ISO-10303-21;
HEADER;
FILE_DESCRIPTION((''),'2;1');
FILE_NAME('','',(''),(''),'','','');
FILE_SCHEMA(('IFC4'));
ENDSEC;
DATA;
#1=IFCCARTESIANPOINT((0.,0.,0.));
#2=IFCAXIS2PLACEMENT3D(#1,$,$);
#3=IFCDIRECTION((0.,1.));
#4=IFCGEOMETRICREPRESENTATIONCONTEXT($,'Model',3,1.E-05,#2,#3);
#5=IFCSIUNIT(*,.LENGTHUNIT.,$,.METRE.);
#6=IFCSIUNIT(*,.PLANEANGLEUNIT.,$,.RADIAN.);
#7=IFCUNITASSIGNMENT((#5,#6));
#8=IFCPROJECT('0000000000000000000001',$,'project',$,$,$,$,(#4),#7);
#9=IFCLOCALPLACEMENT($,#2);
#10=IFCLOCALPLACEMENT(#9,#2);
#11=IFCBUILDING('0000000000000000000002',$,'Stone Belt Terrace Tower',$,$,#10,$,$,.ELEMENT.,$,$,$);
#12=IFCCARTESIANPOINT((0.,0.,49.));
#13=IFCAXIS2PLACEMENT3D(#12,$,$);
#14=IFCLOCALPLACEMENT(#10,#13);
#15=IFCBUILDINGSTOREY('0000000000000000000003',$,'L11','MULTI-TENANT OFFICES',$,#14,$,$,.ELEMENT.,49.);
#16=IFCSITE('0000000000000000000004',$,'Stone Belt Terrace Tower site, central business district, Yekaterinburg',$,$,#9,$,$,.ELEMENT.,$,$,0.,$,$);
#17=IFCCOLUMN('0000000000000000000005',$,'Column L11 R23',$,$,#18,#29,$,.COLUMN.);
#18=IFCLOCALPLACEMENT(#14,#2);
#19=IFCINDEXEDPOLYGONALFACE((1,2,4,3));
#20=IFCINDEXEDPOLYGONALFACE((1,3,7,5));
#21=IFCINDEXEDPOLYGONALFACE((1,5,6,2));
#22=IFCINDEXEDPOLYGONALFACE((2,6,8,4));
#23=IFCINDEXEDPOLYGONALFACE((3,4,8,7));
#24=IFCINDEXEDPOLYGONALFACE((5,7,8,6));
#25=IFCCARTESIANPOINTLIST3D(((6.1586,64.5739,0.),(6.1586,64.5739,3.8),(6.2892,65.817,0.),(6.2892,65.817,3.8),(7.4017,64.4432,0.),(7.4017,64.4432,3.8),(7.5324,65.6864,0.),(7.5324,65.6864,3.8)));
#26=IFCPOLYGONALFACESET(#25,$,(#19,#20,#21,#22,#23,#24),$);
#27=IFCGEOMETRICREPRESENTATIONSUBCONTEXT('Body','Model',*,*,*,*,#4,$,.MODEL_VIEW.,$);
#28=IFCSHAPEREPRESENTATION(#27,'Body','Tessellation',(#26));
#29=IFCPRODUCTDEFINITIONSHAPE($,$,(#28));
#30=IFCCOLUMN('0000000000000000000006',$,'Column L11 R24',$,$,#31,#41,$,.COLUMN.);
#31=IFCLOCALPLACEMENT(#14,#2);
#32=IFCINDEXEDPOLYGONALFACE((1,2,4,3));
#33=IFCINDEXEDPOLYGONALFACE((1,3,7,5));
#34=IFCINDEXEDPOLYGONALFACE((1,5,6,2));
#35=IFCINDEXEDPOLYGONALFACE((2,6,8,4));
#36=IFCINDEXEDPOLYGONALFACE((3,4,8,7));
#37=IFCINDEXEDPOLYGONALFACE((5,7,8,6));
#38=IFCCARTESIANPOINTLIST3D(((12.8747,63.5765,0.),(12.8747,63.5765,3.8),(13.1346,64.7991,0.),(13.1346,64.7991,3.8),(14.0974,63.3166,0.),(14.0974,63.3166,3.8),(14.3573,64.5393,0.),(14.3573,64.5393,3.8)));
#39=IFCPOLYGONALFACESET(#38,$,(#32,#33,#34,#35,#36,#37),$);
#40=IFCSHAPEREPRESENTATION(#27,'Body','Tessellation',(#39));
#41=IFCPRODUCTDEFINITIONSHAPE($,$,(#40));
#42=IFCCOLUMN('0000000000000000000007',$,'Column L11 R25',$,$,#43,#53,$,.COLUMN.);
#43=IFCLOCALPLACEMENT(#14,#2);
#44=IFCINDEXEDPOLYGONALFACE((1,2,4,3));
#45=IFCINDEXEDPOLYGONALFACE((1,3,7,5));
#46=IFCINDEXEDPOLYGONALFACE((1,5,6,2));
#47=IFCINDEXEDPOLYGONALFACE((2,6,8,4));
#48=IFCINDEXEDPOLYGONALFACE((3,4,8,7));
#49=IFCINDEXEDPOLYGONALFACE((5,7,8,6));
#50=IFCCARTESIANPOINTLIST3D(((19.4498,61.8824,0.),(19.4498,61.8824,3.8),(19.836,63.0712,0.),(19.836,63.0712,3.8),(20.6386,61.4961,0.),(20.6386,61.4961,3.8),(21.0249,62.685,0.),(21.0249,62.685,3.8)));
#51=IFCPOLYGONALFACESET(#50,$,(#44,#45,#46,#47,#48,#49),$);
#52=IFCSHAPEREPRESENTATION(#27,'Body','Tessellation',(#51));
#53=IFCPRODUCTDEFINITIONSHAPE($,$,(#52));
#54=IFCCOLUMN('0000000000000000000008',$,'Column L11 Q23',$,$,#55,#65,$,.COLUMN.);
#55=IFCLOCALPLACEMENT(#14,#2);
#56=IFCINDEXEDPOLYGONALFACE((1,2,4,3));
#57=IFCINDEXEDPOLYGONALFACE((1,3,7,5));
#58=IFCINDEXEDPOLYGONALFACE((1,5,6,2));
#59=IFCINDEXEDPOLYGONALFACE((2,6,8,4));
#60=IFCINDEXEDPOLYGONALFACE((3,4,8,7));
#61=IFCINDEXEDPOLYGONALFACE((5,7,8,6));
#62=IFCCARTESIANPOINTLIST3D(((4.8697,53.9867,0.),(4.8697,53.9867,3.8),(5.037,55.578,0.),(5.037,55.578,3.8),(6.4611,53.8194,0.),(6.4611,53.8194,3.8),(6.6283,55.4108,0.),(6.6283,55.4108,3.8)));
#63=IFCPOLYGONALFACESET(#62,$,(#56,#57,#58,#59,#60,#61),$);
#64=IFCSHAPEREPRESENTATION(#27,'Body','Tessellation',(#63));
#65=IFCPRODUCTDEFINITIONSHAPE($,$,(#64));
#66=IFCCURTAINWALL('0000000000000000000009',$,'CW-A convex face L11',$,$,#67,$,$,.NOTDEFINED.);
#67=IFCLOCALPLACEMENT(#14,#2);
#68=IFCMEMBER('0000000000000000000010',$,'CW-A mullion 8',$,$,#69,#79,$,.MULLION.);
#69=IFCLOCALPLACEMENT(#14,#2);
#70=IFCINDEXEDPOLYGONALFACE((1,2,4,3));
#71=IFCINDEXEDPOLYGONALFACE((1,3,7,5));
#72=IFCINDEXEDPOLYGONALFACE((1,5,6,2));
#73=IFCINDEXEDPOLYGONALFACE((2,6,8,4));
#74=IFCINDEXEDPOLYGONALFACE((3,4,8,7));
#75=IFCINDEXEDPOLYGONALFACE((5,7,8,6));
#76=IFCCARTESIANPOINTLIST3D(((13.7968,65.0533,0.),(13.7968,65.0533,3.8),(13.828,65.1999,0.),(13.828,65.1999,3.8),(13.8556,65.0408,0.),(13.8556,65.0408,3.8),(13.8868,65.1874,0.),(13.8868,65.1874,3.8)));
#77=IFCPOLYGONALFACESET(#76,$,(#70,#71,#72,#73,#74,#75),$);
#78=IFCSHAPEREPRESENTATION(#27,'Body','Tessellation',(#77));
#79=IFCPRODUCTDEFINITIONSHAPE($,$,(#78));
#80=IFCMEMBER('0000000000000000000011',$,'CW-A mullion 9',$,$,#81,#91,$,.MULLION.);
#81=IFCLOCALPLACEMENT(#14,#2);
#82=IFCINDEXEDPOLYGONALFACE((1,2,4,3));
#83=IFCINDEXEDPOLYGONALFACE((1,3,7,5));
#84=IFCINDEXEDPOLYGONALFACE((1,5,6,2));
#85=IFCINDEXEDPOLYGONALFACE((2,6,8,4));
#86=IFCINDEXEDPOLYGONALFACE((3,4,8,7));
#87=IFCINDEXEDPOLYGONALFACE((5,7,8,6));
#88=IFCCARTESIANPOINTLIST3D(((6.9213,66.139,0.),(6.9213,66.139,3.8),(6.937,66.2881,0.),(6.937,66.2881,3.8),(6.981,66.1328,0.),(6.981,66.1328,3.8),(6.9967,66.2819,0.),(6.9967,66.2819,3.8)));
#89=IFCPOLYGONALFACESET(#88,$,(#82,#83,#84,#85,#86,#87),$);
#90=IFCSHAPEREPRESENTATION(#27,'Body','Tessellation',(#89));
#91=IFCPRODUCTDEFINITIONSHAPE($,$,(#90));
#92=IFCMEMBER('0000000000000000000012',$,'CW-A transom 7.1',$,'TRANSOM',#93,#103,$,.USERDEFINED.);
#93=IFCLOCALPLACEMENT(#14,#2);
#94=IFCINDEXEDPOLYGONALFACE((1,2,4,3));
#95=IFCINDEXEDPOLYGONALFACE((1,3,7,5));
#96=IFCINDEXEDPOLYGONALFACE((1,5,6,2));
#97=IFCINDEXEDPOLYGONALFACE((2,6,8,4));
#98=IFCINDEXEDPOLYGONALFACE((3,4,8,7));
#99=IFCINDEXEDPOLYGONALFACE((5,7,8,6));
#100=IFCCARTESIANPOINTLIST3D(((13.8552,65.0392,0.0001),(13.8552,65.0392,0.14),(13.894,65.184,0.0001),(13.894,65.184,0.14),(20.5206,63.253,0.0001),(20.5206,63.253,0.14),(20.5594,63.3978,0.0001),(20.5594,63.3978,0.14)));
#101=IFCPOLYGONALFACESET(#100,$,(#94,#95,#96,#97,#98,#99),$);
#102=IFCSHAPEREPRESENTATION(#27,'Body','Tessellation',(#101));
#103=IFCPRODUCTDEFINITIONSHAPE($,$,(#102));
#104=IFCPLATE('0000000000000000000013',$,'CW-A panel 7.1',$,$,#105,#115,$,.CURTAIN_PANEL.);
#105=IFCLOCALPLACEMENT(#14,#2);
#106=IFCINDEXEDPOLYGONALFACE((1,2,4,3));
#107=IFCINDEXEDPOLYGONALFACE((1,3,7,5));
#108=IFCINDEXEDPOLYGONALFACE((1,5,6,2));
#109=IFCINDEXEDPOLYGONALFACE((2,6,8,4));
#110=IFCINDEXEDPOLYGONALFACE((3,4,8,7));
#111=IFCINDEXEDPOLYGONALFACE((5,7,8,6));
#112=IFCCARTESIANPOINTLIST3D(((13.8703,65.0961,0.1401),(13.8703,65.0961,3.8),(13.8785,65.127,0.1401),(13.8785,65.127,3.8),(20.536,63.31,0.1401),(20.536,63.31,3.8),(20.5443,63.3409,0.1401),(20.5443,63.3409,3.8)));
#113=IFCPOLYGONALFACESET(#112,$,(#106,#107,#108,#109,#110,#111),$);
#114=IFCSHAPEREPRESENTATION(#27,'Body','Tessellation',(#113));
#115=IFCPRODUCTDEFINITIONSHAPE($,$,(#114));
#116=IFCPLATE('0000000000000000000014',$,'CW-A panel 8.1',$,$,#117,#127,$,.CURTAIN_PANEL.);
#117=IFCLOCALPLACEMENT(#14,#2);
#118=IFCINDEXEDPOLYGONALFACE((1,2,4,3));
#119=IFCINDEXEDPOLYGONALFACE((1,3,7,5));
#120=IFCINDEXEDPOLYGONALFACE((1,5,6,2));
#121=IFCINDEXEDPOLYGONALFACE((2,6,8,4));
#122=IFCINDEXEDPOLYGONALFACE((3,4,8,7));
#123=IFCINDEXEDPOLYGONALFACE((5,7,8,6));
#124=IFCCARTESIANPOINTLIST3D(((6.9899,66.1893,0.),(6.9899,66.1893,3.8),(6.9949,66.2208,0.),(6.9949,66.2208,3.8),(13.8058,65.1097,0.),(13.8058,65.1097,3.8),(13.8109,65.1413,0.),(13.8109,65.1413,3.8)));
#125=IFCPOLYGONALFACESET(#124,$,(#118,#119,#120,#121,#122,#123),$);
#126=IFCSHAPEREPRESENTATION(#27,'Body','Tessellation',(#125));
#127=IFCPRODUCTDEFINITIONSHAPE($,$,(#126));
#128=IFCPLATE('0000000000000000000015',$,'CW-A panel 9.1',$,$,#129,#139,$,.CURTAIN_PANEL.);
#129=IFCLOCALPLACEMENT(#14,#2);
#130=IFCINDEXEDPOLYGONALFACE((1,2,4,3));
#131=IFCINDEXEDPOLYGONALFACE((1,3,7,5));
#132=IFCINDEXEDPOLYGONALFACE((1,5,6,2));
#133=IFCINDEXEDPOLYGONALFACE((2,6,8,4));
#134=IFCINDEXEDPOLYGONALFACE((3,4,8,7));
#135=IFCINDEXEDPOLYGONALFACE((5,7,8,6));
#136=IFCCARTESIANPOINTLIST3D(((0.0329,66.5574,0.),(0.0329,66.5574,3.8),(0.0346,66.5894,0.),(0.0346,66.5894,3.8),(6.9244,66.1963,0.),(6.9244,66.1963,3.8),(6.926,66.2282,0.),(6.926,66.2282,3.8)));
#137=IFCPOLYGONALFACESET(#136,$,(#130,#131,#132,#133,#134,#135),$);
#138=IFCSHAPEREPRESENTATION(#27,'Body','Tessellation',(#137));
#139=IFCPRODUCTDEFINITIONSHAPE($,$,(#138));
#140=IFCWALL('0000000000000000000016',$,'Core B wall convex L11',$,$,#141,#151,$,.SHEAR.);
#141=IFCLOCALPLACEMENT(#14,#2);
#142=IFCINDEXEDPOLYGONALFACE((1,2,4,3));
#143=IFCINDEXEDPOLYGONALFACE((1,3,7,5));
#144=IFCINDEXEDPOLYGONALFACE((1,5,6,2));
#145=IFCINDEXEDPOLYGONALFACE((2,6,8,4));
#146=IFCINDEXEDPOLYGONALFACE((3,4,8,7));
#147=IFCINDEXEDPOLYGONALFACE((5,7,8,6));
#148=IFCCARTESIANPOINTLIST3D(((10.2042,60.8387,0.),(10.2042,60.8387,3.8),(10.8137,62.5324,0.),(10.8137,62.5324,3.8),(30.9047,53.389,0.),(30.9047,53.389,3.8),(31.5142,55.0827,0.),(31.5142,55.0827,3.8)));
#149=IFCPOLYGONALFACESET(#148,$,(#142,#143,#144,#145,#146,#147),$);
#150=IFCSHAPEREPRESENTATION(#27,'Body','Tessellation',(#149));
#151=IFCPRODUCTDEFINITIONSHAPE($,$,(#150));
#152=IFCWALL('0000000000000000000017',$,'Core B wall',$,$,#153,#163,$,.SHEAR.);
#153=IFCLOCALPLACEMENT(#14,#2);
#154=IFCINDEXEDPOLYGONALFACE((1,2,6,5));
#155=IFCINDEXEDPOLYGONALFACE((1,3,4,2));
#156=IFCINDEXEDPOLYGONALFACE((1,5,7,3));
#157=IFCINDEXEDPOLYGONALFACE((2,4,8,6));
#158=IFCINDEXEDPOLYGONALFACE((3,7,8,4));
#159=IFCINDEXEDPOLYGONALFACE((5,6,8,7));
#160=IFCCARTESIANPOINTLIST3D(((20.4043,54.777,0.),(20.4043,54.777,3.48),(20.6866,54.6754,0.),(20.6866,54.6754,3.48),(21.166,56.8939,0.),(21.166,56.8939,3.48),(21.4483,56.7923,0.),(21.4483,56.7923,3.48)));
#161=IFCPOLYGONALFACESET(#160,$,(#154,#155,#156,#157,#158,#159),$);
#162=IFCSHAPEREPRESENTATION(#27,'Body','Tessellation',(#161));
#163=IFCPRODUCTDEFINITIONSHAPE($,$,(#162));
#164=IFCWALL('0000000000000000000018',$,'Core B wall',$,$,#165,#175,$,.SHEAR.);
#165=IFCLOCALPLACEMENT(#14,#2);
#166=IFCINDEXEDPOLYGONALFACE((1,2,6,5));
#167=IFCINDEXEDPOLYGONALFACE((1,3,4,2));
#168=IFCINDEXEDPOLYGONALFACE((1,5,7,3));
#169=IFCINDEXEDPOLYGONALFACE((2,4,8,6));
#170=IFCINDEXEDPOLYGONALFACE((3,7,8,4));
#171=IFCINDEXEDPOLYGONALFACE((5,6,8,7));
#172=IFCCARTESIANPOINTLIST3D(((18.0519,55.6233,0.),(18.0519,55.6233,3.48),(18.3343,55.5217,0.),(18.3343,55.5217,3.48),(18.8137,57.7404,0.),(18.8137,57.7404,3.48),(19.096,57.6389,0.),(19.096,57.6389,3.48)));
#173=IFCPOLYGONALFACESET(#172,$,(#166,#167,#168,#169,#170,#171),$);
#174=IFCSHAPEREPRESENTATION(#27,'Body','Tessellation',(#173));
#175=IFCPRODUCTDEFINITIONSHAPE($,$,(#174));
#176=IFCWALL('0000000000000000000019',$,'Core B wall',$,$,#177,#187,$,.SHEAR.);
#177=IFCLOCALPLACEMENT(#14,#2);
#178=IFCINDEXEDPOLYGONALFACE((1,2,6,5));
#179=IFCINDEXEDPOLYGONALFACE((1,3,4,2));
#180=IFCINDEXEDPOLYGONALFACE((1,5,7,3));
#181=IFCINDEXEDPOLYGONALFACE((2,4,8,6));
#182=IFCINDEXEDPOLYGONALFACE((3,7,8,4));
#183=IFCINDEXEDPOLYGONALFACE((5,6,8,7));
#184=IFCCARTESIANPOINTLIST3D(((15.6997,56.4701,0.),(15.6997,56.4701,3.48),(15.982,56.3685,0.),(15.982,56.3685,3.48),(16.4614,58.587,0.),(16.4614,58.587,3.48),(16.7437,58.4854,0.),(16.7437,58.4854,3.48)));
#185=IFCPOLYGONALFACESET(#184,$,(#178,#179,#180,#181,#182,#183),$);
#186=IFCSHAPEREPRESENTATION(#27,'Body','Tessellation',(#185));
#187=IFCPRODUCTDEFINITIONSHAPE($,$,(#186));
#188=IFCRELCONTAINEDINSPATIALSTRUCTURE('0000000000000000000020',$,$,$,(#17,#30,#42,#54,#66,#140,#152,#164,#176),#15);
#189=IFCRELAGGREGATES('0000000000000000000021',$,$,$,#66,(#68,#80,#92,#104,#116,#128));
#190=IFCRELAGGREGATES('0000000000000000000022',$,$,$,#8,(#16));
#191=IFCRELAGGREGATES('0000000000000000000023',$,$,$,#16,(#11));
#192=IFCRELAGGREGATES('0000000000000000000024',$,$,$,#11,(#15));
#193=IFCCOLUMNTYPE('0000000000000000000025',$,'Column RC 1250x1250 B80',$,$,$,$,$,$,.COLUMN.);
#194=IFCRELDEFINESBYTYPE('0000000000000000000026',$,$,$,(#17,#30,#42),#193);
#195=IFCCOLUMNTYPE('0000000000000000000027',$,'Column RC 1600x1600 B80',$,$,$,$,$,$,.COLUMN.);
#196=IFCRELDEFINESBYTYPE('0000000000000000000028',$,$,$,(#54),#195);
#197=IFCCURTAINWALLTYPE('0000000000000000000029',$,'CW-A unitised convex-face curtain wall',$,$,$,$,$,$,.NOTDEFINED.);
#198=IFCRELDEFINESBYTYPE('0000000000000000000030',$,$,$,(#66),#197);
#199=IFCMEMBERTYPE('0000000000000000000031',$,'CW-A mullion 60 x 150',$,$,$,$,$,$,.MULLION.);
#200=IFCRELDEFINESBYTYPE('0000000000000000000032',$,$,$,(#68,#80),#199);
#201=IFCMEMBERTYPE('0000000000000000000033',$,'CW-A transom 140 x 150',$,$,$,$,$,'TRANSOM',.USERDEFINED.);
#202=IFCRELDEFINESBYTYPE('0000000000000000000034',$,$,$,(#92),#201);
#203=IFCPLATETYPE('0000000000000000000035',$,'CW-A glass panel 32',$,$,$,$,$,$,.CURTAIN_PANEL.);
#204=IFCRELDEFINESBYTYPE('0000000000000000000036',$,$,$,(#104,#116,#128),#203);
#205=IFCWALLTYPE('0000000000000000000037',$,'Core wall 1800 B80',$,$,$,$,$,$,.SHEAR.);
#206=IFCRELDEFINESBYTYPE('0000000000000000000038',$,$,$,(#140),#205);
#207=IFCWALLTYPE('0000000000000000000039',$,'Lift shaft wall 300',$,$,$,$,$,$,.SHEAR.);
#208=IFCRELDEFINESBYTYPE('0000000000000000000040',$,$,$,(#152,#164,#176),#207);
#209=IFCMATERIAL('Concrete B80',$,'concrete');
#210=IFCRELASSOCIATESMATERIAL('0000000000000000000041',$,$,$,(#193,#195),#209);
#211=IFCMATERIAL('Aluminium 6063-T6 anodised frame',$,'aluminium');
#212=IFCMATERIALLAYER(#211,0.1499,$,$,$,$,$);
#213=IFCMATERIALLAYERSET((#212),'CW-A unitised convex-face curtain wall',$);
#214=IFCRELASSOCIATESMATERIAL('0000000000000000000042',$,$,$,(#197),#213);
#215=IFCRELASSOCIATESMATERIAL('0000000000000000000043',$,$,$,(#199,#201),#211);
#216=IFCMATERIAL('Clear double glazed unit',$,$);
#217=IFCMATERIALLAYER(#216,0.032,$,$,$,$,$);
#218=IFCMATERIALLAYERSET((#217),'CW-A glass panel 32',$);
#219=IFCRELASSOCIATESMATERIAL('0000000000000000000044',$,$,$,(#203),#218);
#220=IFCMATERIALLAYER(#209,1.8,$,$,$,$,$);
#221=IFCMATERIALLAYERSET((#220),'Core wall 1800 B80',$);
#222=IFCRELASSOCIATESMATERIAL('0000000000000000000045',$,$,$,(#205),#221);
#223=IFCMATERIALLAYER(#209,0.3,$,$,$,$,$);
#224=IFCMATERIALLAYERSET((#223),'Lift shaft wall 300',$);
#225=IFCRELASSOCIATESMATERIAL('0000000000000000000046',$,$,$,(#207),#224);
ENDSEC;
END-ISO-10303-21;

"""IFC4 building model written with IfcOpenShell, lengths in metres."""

from ifc_helpers import new_model, si_unit, direction, frame, frame_2d, origin, origin_2d, place, context, subcontext, project, spatial, rectangle, extrude, material, layer, layer_set, material_profile, profile_set, type_object, element, aggregate, save


model = new_model("IFC4")

# Units and contexts
model_context = context("Model", 3, precision=1e-05, world=origin(), true_north=direction((0.0, 1.0)))
body_context = subcontext(model_context, "Body", "Model", "MODEL_VIEW")
ifc_project = project(units=[si_unit("LENGTHUNIT", "METRE"), si_unit("PLANEANGLEUNIT", "RADIAN")], contexts=[model_context])

# Site, building, storey
site_placement = place(None, origin())
site = spatial("IfcSite", under=ifc_project, at=site_placement, Name="Stone Belt Terrace Tower site, central business district, Yekaterinburg", CompositionType="ELEMENT", RefElevation=0.0)
building_placement = place(site_placement, origin())
building = spatial("IfcBuilding", under=site, at=building_placement, Name="Stone Belt Terrace Tower", CompositionType="ELEMENT")
storey_placement = place(building_placement, frame((0.0, 0.0, 49.0)))
storey = spatial("IfcBuildingStorey", under=building, at=storey_placement, Name="L11", Description="MULTI-TENANT OFFICES", CompositionType="ELEMENT", Elevation=49.0)

# Columns
ifc_material_1 = material(Name="Concrete B80", Category="concrete")
ifc_material_profile_1 = material_profile(ifc_material_1, rectangle(XDim=1.25, YDim=1.25, at=origin_2d()), Name="RC 1250x1250")
ifc_profile_set_1 = profile_set([ifc_material_profile_1], Name="Concrete B80")
column_type_1 = type_object("IfcColumnType", Name="Column RC 1250x1250 B80", PredefinedType="COLUMN", material=ifc_profile_set_1)
for number, where, z_axis, x_axis, name in (
    (1, (6.8455, 65.1301, 0.0), (0.0, 0.0, 1.0), (0.994522, -0.104528, 0.0), "Column L11 R23"),
    (2, (13.616, 64.0579, 0.0), (0.0, 0.0, 1.0), (0.978148, -0.207912, 0.0), "Column L11 R24"),
    (3, (20.2373, 62.2837, 0.0), (0.0, 0.0, 1.0), (0.951057, -0.309017, 0.0), "Column L11 R25"),
):
    element("IfcColumn", number, at=place(storey_placement, frame(where, z_axis=z_axis, x_axis=x_axis)), inside=storey, type_object=column_type_1, Name=name, PredefinedType="COLUMN", context=body_context, shape_type="SweptSolid", body=[
        extrude(rectangle(XDim=1.25, YDim=1.25, at=origin_2d()), origin(), (0.0, 0.0, 1.0), 3.8),
    ])
ifc_material_profile_2 = material_profile(ifc_material_1, rectangle(XDim=1.6001, YDim=1.6001, at=origin_2d()), Name="RC 1600x1600")
ifc_profile_set_2 = profile_set([ifc_material_profile_2], Name="Concrete B80")
column_type_2 = type_object("IfcColumnType", Name="Column RC 1600x1600 B80", PredefinedType="COLUMN", material=ifc_profile_set_2)
column_placement = place(storey_placement, frame((5.749, 54.6987, 0.0), z_axis=(0.0, 0.0, 1.0), x_axis=(0.994522, -0.104528, 0.0)))
element("IfcColumn", 4, at=column_placement, inside=storey, type_object=column_type_2, Name="Column L11 Q23", PredefinedType="COLUMN", context=body_context, shape_type="SweptSolid", body=[
    extrude(rectangle(XDim=1.6001, YDim=1.6001, at=origin_2d()), origin(), (0.0, 0.0, 1.0), 3.8),
])

# Curtain wall, members, plates
ifc_material_2 = material(Name="Aluminium 6063-T6 anodised frame", Category="aluminium")
ifc_layer_1 = layer(ifc_material_2, 0.1499)
ifc_layer_set_1 = layer_set([ifc_layer_1], Name="CW-A unitised convex-face curtain wall")
curtain_wall_type = type_object("IfcCurtainWallType", Name="CW-A unitised convex-face curtain wall", PredefinedType="NOTDEFINED", material=ifc_layer_set_1)
curtain_wall_placement = place(storey_placement, origin())
curtain_wall = element("IfcCurtainWall", 5, at=curtain_wall_placement, inside=storey, type_object=curtain_wall_type, Name="CW-A convex face L11", PredefinedType="NOTDEFINED")
ifc_material_profile_3 = material_profile(ifc_material_2, rectangle(XDim=0.1499, YDim=0.0601, at=origin_2d()), Name="Aluminium 6063-T6 60x150")
ifc_profile_set_3 = profile_set([ifc_material_profile_3], Name="Aluminium 6063-T6 anodised frame")
member_type_1 = type_object("IfcMemberType", Name="CW-A mullion 60 x 150", PredefinedType="MULLION", material=ifc_profile_set_3)
member_1_placement = place(storey_placement, frame((13.8418, 65.1204, 0.0), z_axis=(0.0, 0.0, 1.0), x_axis=(-0.207912, -0.978148, 0.0)))
member_1 = element("IfcMember", 6, at=member_1_placement, type_object=member_type_1, Name="CW-A mullion 8", PredefinedType="MULLION", context=body_context, shape_type="SweptSolid", body=[
    extrude(rectangle(XDim=0.1499, YDim=0.0601, at=origin_2d()), origin(), (0.0, 0.0, 1.0), 3.8),
])
member_2_placement = place(storey_placement, frame((6.959, 66.2104, 0.0), z_axis=(0.0, 0.0, 1.0), x_axis=(-0.104528, -0.994522, 0.0)))
member_2 = element("IfcMember", 7, at=member_2_placement, type_object=member_type_1, Name="CW-A mullion 9", PredefinedType="MULLION", context=body_context, shape_type="SweptSolid", body=[
    extrude(rectangle(XDim=0.1499, YDim=0.0601, at=origin_2d()), origin(), (0.0, 0.0, 1.0), 3.8),
])
ifc_material_profile_4 = material_profile(ifc_material_2, rectangle(XDim=0.1499, YDim=0.1399, at=origin_2d()), Name="Aluminium 6063-T6 150x140")
ifc_profile_set_4 = profile_set([ifc_material_profile_4], Name="Aluminium 6063-T6 anodised frame")
member_type_2 = type_object("IfcMemberType", Name="CW-A transom 140 x 150", ElementType="TRANSOM", PredefinedType="USERDEFINED", material=ifc_profile_set_4)
member_3_placement = place(storey_placement, frame((20.54, 63.3254, 0.0701), z_axis=(-0.965922, 0.258834, 0.0), x_axis=(-0.258834, -0.965922, 0.0)))
member_3 = element("IfcMember", 8, at=member_3_placement, type_object=member_type_2, Name="CW-A transom 7.1", ObjectType="TRANSOM", PredefinedType="USERDEFINED", context=body_context, shape_type="SweptSolid", body=[
    extrude(rectangle(XDim=0.1499, YDim=0.1399, at=origin_2d()), origin(), (0.0, 0.0, 1.0), 6.9006),
])
ifc_material_3 = material(Name="Clear double glazed unit")
ifc_layer_2 = layer(ifc_material_3, 0.032)
ifc_layer_set_2 = layer_set([ifc_layer_2], Name="CW-A glass panel 32")
plate_type = type_object("IfcPlateType", Name="CW-A glass panel 32", PredefinedType="CURTAIN_PANEL", material=ifc_layer_set_2)
plate_1_placement = place(storey_placement, frame((17.2073, 64.2185, 0.1401), z_axis=(0.0, 0.0, 1.0), x_axis=(-0.965926, 0.258819, 0.0)))
plate_1 = element("IfcPlate", 9, at=plate_1_placement, type_object=plate_type, Name="CW-A panel 7.1", PredefinedType="CURTAIN_PANEL", context=body_context, shape_type="SweptSolid", body=[
    extrude(rectangle(XDim=6.9009, YDim=0.032, at=origin_2d()), origin(), (0.0, 0.0, 1.0), 3.6599),
])
plate_2_placement = place(storey_placement, frame((10.4004, 65.6653, 0.0), z_axis=(0.0, 0.0, 1.0), x_axis=(-0.987688, 0.156434, 0.0)))
plate_2 = element("IfcPlate", 10, at=plate_2_placement, type_object=plate_type, Name="CW-A panel 8.1", PredefinedType="CURTAIN_PANEL", context=body_context, shape_type="SweptSolid", body=[
    extrude(rectangle(XDim=6.9009, YDim=0.032, at=origin_2d()), origin(), (0.0, 0.0, 1.0), 3.8),
])
plate_3_placement = place(storey_placement, frame((3.4795, 66.3928, 0.0), z_axis=(0.0, 0.0, 1.0), x_axis=(-0.99863, 0.052336, 0.0)))
plate_3 = element("IfcPlate", 11, at=plate_3_placement, type_object=plate_type, Name="CW-A panel 9.1", PredefinedType="CURTAIN_PANEL", context=body_context, shape_type="SweptSolid", body=[
    extrude(rectangle(XDim=6.9009, YDim=0.032, at=origin_2d()), origin(), (0.0, 0.0, 1.0), 3.8),
])
aggregate(curtain_wall, [member_1, member_2, member_3, plate_1, plate_2, plate_3])

# Walls
ifc_layer_3 = layer(ifc_material_1, 1.8)
ifc_layer_set_3 = layer_set([ifc_layer_3], Name="Core wall 1800 B80")
wall_type_1 = type_object("IfcWallType", Name="Core wall 1800 B80", PredefinedType="SHEAR", material=ifc_layer_set_3)
wall_1_placement = place(storey_placement, frame((10.509, 61.6855, 0.0), z_axis=(0.0, 0.0, 1.0), x_axis=(0.940923, -0.338621, 0.0)))
element("IfcWall", 12, at=wall_1_placement, inside=storey, type_object=wall_type_1, Name="Core B wall convex L11", PredefinedType="SHEAR", context=body_context, shape_type="SweptSolid", body=[
    extrude(rectangle(XDim=22.0002, YDim=1.8, at=frame_2d((11.0, 0.0))), origin(), (0.0, 0.0, 1.0), 3.8),
])
ifc_layer_4 = layer(ifc_material_1, 0.3)
ifc_layer_set_4 = layer_set([ifc_layer_4], Name="Lift shaft wall 300")
wall_type_2 = type_object("IfcWallType", Name="Lift shaft wall 300", PredefinedType="SHEAR", material=ifc_layer_set_4)
wall_2_placement = place(storey_placement, frame((20.5454, 54.7261, 0.0), z_axis=(0.0, 0.0, 1.0), x_axis=(0.33857, 0.940941, 0.0)))
element("IfcWall", 13, at=wall_2_placement, inside=storey, type_object=wall_type_2, Name="Core B wall", PredefinedType="SHEAR", context=body_context, shape_type="SweptSolid", body=[
    extrude(rectangle(XDim=2.2498, YDim=0.3, at=frame_2d((1.125, 0.0))), origin(), (0.0, 0.0, 1.0), 3.48),
])
wall_3_placement = place(storey_placement, frame((18.1931, 55.5725, 0.0), z_axis=(0.0, 0.0, 1.0), x_axis=(0.338535, 0.940954, 0.0)))
element("IfcWall", 14, at=wall_3_placement, inside=storey, type_object=wall_type_2, Name="Core B wall", PredefinedType="SHEAR", context=body_context, shape_type="SweptSolid", body=[
    extrude(rectangle(XDim=2.25, YDim=0.3, at=frame_2d((1.125, 0.0))), origin(), (0.0, 0.0, 1.0), 3.48),
])
wall_4_placement = place(storey_placement, frame((15.8408, 56.4192, 0.0), z_axis=(0.0, 0.0, 1.0), x_axis=(0.33857, 0.940941, 0.0)))
element("IfcWall", 15, at=wall_4_placement, inside=storey, type_object=wall_type_2, Name="Core B wall", PredefinedType="SHEAR", context=body_context, shape_type="SweptSolid", body=[
    extrude(rectangle(XDim=2.2498, YDim=0.3, at=frame_2d((1.125, 0.0))), origin(), (0.0, 0.0, 1.0), 3.48),
])

save(model, "model.ifc")
